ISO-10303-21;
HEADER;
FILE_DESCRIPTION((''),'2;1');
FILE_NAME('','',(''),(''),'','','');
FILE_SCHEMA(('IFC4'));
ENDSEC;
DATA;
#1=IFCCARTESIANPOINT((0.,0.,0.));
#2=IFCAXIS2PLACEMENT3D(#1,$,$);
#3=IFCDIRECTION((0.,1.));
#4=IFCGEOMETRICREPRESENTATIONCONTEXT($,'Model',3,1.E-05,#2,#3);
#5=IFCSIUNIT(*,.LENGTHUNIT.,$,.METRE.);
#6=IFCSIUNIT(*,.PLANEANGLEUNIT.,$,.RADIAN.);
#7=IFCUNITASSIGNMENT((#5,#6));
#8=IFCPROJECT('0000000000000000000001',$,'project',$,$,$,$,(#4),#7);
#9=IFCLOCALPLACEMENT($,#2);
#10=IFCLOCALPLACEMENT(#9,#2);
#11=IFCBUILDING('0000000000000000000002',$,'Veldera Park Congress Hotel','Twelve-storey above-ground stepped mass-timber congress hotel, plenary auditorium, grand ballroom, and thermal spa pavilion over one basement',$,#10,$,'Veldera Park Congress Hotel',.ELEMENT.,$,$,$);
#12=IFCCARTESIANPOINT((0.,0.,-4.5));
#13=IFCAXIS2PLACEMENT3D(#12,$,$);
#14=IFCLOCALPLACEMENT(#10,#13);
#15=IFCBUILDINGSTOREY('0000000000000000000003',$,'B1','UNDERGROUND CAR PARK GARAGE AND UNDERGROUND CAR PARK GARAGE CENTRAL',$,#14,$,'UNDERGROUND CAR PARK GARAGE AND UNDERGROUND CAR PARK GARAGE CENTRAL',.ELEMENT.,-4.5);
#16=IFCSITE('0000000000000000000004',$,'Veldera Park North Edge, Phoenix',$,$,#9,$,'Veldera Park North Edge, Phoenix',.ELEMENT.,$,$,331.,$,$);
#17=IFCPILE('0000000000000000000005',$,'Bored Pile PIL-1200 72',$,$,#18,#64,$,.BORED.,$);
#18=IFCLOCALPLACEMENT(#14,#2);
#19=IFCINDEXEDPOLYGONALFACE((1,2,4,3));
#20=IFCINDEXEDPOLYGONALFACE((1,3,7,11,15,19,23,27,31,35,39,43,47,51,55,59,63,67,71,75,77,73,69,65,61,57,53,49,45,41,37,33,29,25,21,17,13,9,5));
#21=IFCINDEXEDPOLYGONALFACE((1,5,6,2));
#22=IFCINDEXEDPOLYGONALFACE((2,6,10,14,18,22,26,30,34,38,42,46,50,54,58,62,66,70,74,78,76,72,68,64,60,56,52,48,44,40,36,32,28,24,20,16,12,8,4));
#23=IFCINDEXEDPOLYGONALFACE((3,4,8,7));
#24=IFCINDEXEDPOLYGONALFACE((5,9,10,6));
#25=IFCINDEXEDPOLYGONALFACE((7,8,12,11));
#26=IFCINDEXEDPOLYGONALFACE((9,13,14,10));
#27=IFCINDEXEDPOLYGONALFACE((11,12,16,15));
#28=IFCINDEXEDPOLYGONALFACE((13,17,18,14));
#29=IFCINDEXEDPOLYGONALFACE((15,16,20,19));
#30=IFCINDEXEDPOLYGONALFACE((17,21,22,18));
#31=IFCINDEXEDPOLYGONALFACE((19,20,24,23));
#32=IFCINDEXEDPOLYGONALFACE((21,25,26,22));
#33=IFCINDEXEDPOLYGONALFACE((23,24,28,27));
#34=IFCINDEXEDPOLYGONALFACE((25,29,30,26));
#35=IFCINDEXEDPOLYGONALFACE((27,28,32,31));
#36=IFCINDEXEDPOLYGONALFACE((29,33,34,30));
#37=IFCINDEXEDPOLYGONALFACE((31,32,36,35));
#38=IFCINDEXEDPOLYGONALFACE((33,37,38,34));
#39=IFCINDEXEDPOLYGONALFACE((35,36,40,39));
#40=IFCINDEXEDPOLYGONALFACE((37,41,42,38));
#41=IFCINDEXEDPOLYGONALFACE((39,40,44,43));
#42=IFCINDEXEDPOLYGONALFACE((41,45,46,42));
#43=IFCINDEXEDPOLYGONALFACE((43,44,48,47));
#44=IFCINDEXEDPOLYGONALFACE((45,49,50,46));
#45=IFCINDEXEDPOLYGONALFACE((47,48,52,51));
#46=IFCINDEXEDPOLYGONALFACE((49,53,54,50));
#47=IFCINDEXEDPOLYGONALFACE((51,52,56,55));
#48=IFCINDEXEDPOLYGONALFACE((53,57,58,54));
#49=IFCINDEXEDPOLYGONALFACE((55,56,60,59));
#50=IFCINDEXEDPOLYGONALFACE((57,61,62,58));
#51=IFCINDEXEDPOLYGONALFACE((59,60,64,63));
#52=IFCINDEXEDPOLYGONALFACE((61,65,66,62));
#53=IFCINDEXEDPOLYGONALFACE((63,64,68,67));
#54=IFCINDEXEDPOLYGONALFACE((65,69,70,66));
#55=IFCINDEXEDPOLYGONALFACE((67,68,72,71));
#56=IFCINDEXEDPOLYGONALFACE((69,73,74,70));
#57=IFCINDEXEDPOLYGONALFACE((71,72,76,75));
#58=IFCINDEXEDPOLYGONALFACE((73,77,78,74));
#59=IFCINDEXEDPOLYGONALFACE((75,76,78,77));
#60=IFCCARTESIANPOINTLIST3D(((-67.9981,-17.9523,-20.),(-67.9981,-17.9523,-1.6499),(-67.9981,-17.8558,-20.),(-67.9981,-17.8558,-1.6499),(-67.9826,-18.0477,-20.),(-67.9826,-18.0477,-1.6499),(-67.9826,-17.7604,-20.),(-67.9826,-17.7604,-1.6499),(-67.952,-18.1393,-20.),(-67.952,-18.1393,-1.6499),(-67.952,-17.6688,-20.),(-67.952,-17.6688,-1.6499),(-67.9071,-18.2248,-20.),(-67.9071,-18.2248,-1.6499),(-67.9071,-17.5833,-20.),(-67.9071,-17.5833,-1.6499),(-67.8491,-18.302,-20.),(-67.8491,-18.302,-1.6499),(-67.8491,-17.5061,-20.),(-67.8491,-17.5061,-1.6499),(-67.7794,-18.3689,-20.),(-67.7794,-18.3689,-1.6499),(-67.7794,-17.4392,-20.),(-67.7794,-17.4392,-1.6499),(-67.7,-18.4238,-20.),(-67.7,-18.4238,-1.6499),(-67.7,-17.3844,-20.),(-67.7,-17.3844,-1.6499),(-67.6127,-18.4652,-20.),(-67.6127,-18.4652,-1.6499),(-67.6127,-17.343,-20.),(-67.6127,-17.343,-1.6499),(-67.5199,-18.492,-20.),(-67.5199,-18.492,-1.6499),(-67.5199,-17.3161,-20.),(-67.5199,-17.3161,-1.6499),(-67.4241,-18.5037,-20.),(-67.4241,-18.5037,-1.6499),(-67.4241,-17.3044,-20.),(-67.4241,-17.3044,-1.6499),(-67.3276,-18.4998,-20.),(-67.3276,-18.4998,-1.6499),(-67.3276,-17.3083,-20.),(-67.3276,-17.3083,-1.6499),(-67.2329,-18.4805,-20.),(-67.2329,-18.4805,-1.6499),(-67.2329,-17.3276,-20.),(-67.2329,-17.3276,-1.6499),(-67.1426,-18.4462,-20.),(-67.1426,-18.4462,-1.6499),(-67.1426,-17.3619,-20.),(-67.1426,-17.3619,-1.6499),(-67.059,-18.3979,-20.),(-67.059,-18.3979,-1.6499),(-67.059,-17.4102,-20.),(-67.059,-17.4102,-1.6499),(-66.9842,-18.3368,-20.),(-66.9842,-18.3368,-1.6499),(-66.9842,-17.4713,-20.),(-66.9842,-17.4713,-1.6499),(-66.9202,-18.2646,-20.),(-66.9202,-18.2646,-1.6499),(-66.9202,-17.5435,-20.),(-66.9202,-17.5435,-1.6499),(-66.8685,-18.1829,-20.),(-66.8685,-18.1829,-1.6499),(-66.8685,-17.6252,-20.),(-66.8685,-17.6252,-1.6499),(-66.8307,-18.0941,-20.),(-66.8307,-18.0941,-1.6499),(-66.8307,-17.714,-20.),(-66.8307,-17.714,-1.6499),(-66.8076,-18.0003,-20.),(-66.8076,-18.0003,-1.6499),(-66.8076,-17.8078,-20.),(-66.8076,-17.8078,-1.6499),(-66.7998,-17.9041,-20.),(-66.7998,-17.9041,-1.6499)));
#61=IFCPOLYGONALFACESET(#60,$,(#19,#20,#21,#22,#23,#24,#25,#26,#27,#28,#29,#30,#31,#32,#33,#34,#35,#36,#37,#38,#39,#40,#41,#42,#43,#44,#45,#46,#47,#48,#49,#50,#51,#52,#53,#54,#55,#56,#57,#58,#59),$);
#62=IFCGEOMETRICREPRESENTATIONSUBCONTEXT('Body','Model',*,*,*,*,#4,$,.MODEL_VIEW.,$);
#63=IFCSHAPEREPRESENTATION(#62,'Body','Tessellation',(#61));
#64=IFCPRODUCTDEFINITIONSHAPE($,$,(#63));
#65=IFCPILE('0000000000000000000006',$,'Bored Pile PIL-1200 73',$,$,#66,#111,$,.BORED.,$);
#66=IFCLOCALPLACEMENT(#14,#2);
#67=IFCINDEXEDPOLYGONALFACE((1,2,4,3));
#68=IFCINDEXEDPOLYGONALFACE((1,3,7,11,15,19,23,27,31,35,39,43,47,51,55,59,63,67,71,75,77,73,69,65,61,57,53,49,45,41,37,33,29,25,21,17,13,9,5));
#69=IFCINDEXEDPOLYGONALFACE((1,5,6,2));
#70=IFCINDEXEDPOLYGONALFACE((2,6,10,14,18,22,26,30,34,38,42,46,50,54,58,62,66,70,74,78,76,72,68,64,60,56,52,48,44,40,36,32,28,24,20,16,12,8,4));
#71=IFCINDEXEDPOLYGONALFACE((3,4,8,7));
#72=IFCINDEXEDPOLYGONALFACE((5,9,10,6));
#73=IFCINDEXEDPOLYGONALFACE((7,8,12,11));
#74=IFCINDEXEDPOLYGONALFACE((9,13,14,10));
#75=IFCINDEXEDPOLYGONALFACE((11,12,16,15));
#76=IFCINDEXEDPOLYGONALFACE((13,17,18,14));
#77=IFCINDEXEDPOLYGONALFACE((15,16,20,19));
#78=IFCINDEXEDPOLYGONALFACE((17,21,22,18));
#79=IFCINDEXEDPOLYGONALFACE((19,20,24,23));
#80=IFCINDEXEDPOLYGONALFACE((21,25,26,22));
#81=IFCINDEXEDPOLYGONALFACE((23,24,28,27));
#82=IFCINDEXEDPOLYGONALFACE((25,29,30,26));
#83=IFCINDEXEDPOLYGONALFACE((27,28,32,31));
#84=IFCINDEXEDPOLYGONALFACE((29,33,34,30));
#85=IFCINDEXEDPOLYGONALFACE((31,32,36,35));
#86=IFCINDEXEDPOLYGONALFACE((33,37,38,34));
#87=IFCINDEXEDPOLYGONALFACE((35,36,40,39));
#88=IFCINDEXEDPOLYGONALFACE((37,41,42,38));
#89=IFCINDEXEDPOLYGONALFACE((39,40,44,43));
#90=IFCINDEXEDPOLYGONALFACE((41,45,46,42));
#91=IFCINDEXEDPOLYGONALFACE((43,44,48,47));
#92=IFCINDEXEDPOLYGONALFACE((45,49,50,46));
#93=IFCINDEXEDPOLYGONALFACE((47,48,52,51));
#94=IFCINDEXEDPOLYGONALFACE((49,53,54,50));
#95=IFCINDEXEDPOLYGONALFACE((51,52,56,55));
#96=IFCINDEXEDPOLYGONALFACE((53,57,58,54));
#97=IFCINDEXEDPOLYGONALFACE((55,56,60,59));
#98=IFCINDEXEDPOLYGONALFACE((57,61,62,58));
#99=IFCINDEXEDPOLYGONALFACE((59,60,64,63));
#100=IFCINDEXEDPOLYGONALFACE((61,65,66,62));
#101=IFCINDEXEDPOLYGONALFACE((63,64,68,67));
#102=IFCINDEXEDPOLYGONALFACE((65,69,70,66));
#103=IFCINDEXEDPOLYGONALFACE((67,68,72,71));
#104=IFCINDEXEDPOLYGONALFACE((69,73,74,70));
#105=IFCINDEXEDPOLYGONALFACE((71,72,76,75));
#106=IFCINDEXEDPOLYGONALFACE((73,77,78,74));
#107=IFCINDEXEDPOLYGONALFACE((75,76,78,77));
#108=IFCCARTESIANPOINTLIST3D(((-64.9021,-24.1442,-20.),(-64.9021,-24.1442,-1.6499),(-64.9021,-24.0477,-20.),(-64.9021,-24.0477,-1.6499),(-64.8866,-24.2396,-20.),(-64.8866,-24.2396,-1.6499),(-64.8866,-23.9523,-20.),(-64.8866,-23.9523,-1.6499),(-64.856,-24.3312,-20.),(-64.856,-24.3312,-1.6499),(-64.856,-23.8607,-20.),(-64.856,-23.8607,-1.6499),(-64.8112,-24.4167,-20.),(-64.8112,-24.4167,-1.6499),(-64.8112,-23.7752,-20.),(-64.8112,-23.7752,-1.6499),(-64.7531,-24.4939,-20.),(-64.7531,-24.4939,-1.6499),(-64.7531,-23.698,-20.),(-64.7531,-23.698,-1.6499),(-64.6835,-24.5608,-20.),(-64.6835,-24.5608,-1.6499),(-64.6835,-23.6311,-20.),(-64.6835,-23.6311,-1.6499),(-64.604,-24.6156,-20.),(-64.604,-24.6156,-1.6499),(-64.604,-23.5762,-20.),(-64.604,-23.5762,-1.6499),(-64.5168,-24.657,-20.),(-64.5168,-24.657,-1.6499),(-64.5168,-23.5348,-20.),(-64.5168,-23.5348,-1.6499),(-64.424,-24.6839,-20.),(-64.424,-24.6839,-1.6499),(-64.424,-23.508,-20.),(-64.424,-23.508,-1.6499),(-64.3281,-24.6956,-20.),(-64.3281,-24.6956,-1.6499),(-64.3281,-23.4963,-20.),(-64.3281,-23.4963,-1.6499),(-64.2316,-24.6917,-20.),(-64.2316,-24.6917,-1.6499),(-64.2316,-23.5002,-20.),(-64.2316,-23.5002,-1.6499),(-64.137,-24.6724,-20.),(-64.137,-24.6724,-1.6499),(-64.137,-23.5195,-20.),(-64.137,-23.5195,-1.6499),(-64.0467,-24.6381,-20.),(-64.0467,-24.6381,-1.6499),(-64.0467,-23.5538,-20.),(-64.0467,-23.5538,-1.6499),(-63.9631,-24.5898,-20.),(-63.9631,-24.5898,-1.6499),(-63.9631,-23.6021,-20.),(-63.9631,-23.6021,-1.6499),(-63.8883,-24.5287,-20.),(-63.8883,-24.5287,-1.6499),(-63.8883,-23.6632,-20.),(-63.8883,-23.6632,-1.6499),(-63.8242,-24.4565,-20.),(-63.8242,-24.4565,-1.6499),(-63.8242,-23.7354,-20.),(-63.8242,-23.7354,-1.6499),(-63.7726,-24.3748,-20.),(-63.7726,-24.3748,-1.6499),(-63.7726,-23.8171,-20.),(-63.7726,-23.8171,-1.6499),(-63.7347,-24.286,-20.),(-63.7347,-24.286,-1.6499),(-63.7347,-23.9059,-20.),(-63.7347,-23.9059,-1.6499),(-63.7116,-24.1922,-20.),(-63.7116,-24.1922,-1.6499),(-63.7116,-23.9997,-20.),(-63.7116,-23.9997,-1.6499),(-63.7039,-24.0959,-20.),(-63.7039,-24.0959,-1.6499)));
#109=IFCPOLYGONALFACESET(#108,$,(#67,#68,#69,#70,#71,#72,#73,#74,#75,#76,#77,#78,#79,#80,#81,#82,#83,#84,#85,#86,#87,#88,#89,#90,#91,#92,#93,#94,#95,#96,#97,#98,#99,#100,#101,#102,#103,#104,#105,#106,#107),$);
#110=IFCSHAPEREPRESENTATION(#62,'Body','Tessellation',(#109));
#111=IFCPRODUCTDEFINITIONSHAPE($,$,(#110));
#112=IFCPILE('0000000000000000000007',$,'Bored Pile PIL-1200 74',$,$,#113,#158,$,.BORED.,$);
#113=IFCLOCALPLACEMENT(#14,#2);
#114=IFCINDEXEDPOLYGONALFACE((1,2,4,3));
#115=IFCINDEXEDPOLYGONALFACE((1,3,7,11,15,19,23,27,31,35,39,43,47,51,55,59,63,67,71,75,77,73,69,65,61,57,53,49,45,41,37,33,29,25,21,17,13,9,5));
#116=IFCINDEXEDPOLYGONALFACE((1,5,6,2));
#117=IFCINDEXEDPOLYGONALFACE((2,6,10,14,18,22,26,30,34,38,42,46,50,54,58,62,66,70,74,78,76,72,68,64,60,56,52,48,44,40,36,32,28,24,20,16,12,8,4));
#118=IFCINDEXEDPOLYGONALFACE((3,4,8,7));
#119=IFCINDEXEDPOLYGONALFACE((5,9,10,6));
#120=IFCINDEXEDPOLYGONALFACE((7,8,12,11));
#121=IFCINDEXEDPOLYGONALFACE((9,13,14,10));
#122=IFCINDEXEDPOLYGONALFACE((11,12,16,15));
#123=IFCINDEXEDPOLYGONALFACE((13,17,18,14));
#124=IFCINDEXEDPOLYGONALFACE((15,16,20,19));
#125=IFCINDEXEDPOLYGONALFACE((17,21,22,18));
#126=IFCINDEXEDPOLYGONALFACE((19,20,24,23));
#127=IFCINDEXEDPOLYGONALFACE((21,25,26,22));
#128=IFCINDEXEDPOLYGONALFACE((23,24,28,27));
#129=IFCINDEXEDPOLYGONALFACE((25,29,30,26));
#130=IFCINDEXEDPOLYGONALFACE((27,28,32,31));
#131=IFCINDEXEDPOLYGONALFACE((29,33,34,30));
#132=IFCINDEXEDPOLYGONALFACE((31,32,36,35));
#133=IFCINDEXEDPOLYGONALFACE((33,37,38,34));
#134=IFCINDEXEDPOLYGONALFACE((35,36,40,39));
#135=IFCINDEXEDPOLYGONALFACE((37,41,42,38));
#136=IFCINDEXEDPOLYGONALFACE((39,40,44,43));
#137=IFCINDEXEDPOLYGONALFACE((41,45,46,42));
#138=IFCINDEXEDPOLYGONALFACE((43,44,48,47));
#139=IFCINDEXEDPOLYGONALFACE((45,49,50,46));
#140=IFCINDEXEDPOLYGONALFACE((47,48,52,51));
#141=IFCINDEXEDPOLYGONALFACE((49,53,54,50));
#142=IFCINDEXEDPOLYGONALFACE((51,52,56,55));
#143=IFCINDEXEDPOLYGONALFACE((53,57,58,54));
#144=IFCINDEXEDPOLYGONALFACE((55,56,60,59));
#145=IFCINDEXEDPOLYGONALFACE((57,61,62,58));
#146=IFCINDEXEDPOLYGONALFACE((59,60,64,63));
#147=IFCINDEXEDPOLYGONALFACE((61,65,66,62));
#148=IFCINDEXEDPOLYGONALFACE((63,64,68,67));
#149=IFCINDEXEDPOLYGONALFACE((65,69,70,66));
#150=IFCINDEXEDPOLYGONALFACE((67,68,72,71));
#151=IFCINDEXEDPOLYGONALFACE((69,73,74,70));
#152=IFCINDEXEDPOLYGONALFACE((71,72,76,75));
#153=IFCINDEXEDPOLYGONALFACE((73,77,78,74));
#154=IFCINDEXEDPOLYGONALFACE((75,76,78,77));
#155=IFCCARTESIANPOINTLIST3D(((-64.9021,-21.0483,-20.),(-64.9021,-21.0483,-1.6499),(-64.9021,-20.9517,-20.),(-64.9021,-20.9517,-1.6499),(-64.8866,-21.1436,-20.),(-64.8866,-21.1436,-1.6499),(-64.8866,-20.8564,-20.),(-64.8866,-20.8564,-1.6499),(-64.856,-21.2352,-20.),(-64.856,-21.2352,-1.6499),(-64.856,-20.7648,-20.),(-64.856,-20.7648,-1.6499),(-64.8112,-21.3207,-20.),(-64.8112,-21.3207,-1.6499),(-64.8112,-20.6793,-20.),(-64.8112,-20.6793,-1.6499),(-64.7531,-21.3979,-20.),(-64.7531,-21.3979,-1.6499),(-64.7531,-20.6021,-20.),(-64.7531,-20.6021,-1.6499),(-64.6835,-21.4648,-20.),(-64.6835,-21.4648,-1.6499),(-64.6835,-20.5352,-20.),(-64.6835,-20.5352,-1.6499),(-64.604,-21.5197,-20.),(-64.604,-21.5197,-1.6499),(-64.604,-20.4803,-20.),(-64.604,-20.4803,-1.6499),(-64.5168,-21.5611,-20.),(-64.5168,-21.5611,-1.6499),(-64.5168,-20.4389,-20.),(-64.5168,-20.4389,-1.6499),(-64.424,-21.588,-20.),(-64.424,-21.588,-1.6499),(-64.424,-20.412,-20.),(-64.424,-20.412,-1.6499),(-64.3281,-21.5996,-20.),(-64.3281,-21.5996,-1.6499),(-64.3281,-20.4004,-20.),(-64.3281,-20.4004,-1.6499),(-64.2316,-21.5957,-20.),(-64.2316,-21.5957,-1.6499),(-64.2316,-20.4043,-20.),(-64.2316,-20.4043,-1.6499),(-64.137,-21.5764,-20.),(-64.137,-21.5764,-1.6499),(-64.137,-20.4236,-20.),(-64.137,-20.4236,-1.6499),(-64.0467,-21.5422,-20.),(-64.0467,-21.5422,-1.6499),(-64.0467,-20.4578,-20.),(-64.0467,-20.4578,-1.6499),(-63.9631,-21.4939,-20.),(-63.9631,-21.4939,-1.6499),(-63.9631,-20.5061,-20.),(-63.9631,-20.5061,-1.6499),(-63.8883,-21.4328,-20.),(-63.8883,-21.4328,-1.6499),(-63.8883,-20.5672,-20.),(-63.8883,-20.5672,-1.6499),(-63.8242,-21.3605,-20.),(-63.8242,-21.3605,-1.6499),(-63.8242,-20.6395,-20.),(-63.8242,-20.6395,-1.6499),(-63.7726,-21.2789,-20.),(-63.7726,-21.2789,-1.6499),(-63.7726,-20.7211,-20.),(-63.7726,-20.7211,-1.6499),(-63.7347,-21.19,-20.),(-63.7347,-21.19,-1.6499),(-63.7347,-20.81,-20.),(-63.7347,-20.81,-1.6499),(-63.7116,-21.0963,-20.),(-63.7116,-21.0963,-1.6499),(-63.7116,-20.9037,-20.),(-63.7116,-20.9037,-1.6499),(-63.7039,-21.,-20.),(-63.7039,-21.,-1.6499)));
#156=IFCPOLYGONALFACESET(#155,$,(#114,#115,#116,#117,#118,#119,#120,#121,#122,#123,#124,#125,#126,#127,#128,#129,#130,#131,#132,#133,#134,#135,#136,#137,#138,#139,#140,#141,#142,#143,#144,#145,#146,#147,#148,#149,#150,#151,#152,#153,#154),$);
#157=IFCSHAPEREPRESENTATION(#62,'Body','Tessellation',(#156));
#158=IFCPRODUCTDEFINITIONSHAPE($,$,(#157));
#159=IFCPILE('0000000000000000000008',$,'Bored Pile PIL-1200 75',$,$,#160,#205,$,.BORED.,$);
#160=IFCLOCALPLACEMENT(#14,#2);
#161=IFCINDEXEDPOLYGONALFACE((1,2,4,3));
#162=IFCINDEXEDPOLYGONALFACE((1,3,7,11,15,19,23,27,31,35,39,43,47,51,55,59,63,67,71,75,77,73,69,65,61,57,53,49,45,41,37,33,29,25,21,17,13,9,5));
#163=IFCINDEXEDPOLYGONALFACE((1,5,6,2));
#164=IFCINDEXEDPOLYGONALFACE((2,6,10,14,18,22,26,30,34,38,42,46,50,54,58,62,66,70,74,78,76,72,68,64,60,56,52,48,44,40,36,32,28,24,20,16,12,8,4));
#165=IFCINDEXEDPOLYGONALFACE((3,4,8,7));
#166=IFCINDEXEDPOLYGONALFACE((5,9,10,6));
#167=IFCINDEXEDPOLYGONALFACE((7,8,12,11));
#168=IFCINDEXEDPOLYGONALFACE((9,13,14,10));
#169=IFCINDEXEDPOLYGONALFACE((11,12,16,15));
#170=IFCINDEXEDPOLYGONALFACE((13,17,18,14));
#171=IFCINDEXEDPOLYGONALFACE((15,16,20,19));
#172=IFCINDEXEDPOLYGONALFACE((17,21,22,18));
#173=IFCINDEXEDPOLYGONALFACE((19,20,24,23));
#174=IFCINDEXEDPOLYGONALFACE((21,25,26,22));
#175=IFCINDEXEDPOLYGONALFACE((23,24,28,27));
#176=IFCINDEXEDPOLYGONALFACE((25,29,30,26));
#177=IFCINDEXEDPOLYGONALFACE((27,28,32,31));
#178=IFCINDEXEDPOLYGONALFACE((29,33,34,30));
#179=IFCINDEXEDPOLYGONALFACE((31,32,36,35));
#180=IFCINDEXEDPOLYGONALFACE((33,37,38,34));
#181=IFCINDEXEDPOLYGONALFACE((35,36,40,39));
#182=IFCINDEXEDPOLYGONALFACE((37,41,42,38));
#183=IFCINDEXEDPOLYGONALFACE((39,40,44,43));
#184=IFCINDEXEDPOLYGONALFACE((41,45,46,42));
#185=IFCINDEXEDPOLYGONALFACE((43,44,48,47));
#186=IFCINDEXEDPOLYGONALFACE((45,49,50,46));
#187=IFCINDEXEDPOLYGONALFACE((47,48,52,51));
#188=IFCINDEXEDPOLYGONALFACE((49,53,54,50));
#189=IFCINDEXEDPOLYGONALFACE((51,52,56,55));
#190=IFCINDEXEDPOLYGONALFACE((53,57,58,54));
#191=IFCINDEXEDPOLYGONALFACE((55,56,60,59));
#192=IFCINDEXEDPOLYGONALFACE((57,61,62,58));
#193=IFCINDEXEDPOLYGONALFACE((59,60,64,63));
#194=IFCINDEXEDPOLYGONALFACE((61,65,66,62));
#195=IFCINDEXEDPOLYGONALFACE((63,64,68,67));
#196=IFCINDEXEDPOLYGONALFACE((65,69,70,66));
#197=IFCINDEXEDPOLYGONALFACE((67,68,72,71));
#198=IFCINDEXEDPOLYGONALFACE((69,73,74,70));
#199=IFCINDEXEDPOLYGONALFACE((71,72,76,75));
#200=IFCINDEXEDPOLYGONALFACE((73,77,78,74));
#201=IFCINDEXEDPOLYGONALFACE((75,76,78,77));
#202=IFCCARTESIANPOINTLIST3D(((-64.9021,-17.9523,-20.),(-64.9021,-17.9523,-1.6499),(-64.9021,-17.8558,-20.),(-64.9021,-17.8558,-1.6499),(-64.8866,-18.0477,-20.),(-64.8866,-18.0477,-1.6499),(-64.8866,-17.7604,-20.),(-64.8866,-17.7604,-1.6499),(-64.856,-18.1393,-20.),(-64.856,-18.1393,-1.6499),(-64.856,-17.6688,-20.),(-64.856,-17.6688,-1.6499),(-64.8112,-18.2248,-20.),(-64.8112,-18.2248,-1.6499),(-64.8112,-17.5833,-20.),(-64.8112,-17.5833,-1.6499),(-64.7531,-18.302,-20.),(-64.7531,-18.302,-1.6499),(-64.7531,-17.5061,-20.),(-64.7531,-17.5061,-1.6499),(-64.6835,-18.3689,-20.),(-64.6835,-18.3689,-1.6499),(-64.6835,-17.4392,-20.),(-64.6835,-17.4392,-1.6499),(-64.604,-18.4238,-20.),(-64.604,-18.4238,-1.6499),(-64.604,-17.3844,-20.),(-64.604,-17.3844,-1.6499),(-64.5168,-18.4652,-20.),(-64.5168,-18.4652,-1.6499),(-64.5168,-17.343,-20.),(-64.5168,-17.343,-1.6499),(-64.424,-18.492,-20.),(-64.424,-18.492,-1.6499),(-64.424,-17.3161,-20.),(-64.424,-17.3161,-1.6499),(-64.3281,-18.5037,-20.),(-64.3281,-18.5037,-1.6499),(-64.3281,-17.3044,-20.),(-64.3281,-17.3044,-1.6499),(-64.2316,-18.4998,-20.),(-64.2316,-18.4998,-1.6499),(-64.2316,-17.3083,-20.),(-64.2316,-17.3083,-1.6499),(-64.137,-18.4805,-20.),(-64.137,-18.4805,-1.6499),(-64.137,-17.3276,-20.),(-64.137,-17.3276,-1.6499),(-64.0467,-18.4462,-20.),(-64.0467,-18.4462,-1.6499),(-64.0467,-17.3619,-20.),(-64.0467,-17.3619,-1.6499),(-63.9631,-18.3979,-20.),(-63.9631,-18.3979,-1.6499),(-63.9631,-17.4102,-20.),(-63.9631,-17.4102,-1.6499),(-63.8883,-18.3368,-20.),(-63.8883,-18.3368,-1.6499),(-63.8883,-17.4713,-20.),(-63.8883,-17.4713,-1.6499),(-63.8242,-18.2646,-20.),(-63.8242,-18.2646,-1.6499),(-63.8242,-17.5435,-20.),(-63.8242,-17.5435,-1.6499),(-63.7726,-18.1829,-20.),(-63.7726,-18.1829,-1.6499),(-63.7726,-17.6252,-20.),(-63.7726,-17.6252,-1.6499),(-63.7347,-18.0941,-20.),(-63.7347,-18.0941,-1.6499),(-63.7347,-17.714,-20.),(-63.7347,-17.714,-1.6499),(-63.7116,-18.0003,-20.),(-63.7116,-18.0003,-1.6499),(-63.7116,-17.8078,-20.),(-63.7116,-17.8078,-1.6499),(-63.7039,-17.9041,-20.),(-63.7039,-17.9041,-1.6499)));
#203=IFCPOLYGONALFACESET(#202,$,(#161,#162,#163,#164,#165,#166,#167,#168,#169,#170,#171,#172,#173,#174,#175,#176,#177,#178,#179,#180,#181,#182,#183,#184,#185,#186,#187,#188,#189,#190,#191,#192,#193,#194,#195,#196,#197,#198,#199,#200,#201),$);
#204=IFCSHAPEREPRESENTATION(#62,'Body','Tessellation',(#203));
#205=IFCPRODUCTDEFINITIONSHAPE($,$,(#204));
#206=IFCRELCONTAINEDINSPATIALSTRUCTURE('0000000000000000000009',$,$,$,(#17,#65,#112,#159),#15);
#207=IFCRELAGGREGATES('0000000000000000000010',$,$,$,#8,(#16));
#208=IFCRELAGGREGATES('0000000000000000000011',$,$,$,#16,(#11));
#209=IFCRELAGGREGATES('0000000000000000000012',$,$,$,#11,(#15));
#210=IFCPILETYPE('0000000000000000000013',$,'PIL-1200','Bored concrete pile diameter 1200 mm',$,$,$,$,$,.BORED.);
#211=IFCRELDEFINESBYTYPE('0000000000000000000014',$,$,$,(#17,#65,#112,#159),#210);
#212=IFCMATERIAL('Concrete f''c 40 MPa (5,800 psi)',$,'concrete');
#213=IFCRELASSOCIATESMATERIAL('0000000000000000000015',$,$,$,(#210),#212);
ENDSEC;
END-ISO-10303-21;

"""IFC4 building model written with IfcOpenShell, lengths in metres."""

from ifc_helpers import new_model, si_unit, direction, frame, origin, origin_2d, place, context, subcontext, project, spatial, circle, extrude, material, material_profile, profile_set, type_object, element, save


model = new_model("IFC4")

# Units and contexts
model_context = context("Model", 3, precision=1e-05, world=origin(), true_north=direction((0.0, 1.0)))
body_context = subcontext(model_context, "Body", "Model", "MODEL_VIEW")
ifc_project = project(units=[si_unit("LENGTHUNIT", "METRE"), si_unit("PLANEANGLEUNIT", "RADIAN")], contexts=[model_context])

# Site, building, storey
site_placement = place(None, origin())
site = spatial("IfcSite", under=ifc_project, at=site_placement, Name="Veldera Park North Edge, Phoenix", LongName="Veldera Park North Edge, Phoenix", CompositionType="ELEMENT", RefElevation=331.0)
building_placement = place(site_placement, origin())
building = spatial("IfcBuilding", under=site, at=building_placement, Name="Veldera Park Congress Hotel", Description="Twelve-storey above-ground stepped mass-timber congress hotel, plenary auditorium, grand ballroom, and thermal spa pavilion over one basement", LongName="Veldera Park Congress Hotel", CompositionType="ELEMENT")
storey_placement = place(building_placement, frame((0.0, 0.0, -4.5)))
storey = spatial("IfcBuildingStorey", under=building, at=storey_placement, Name="B1", Description="UNDERGROUND CAR PARK GARAGE AND UNDERGROUND CAR PARK GARAGE CENTRAL", LongName="UNDERGROUND CAR PARK GARAGE AND UNDERGROUND CAR PARK GARAGE CENTRAL", CompositionType="ELEMENT", Elevation=-4.5)

# Shared definitions
ifc_material_1 = material(Name="Concrete f'c 40 MPa (5,800 psi)", Category="concrete")

# Piles
ifc_material_profile_1 = material_profile(ifc_material_1, circle(Radius=0.6001, at=origin_2d()), Name="PILE D1200")
ifc_profile_set_1 = profile_set([ifc_material_profile_1], Name="Concrete f'c 40 MPa (5,800 psi)")
pile_type_1 = type_object("IfcPileType", Name="PIL-1200", Description="Bored concrete pile diameter 1200 mm", PredefinedType="BORED", material=ifc_profile_set_1)
for number, where, z_axis, x_axis, name in (
    (1, (-67.3999, -17.9041, -1.6499), (0.0, 0.0, -1.0), (1.0, 0.0, 0.0), "Bored Pile PIL-1200 72"),
    (2, (-64.304, -24.0959, -1.6499), (0.0, 0.0, -1.0), (1.0, 0.0, 0.0), "Bored Pile PIL-1200 73"),
    (3, (-64.304, -21.0, -1.6499), (0.0, 0.0, -1.0), (1.0, 0.0, 0.0), "Bored Pile PIL-1200 74"),
    (4, (-64.304, -17.9041, -1.6499), (0.0, 0.0, -1.0), (1.0, 0.0, 0.0), "Bored Pile PIL-1200 75"),
):
    element("IfcPile", number, at=place(storey_placement, frame(where, z_axis=z_axis, x_axis=x_axis)), inside=storey, type_object=pile_type_1, Name=name, PredefinedType="BORED", context=body_context, shape_type="SweptSolid", body=[
        extrude(circle(Radius=0.6001, at=origin_2d()), origin(), (0.0, 0.0, 1.0), 18.3501),
    ])

save(model, "model.ifc")
